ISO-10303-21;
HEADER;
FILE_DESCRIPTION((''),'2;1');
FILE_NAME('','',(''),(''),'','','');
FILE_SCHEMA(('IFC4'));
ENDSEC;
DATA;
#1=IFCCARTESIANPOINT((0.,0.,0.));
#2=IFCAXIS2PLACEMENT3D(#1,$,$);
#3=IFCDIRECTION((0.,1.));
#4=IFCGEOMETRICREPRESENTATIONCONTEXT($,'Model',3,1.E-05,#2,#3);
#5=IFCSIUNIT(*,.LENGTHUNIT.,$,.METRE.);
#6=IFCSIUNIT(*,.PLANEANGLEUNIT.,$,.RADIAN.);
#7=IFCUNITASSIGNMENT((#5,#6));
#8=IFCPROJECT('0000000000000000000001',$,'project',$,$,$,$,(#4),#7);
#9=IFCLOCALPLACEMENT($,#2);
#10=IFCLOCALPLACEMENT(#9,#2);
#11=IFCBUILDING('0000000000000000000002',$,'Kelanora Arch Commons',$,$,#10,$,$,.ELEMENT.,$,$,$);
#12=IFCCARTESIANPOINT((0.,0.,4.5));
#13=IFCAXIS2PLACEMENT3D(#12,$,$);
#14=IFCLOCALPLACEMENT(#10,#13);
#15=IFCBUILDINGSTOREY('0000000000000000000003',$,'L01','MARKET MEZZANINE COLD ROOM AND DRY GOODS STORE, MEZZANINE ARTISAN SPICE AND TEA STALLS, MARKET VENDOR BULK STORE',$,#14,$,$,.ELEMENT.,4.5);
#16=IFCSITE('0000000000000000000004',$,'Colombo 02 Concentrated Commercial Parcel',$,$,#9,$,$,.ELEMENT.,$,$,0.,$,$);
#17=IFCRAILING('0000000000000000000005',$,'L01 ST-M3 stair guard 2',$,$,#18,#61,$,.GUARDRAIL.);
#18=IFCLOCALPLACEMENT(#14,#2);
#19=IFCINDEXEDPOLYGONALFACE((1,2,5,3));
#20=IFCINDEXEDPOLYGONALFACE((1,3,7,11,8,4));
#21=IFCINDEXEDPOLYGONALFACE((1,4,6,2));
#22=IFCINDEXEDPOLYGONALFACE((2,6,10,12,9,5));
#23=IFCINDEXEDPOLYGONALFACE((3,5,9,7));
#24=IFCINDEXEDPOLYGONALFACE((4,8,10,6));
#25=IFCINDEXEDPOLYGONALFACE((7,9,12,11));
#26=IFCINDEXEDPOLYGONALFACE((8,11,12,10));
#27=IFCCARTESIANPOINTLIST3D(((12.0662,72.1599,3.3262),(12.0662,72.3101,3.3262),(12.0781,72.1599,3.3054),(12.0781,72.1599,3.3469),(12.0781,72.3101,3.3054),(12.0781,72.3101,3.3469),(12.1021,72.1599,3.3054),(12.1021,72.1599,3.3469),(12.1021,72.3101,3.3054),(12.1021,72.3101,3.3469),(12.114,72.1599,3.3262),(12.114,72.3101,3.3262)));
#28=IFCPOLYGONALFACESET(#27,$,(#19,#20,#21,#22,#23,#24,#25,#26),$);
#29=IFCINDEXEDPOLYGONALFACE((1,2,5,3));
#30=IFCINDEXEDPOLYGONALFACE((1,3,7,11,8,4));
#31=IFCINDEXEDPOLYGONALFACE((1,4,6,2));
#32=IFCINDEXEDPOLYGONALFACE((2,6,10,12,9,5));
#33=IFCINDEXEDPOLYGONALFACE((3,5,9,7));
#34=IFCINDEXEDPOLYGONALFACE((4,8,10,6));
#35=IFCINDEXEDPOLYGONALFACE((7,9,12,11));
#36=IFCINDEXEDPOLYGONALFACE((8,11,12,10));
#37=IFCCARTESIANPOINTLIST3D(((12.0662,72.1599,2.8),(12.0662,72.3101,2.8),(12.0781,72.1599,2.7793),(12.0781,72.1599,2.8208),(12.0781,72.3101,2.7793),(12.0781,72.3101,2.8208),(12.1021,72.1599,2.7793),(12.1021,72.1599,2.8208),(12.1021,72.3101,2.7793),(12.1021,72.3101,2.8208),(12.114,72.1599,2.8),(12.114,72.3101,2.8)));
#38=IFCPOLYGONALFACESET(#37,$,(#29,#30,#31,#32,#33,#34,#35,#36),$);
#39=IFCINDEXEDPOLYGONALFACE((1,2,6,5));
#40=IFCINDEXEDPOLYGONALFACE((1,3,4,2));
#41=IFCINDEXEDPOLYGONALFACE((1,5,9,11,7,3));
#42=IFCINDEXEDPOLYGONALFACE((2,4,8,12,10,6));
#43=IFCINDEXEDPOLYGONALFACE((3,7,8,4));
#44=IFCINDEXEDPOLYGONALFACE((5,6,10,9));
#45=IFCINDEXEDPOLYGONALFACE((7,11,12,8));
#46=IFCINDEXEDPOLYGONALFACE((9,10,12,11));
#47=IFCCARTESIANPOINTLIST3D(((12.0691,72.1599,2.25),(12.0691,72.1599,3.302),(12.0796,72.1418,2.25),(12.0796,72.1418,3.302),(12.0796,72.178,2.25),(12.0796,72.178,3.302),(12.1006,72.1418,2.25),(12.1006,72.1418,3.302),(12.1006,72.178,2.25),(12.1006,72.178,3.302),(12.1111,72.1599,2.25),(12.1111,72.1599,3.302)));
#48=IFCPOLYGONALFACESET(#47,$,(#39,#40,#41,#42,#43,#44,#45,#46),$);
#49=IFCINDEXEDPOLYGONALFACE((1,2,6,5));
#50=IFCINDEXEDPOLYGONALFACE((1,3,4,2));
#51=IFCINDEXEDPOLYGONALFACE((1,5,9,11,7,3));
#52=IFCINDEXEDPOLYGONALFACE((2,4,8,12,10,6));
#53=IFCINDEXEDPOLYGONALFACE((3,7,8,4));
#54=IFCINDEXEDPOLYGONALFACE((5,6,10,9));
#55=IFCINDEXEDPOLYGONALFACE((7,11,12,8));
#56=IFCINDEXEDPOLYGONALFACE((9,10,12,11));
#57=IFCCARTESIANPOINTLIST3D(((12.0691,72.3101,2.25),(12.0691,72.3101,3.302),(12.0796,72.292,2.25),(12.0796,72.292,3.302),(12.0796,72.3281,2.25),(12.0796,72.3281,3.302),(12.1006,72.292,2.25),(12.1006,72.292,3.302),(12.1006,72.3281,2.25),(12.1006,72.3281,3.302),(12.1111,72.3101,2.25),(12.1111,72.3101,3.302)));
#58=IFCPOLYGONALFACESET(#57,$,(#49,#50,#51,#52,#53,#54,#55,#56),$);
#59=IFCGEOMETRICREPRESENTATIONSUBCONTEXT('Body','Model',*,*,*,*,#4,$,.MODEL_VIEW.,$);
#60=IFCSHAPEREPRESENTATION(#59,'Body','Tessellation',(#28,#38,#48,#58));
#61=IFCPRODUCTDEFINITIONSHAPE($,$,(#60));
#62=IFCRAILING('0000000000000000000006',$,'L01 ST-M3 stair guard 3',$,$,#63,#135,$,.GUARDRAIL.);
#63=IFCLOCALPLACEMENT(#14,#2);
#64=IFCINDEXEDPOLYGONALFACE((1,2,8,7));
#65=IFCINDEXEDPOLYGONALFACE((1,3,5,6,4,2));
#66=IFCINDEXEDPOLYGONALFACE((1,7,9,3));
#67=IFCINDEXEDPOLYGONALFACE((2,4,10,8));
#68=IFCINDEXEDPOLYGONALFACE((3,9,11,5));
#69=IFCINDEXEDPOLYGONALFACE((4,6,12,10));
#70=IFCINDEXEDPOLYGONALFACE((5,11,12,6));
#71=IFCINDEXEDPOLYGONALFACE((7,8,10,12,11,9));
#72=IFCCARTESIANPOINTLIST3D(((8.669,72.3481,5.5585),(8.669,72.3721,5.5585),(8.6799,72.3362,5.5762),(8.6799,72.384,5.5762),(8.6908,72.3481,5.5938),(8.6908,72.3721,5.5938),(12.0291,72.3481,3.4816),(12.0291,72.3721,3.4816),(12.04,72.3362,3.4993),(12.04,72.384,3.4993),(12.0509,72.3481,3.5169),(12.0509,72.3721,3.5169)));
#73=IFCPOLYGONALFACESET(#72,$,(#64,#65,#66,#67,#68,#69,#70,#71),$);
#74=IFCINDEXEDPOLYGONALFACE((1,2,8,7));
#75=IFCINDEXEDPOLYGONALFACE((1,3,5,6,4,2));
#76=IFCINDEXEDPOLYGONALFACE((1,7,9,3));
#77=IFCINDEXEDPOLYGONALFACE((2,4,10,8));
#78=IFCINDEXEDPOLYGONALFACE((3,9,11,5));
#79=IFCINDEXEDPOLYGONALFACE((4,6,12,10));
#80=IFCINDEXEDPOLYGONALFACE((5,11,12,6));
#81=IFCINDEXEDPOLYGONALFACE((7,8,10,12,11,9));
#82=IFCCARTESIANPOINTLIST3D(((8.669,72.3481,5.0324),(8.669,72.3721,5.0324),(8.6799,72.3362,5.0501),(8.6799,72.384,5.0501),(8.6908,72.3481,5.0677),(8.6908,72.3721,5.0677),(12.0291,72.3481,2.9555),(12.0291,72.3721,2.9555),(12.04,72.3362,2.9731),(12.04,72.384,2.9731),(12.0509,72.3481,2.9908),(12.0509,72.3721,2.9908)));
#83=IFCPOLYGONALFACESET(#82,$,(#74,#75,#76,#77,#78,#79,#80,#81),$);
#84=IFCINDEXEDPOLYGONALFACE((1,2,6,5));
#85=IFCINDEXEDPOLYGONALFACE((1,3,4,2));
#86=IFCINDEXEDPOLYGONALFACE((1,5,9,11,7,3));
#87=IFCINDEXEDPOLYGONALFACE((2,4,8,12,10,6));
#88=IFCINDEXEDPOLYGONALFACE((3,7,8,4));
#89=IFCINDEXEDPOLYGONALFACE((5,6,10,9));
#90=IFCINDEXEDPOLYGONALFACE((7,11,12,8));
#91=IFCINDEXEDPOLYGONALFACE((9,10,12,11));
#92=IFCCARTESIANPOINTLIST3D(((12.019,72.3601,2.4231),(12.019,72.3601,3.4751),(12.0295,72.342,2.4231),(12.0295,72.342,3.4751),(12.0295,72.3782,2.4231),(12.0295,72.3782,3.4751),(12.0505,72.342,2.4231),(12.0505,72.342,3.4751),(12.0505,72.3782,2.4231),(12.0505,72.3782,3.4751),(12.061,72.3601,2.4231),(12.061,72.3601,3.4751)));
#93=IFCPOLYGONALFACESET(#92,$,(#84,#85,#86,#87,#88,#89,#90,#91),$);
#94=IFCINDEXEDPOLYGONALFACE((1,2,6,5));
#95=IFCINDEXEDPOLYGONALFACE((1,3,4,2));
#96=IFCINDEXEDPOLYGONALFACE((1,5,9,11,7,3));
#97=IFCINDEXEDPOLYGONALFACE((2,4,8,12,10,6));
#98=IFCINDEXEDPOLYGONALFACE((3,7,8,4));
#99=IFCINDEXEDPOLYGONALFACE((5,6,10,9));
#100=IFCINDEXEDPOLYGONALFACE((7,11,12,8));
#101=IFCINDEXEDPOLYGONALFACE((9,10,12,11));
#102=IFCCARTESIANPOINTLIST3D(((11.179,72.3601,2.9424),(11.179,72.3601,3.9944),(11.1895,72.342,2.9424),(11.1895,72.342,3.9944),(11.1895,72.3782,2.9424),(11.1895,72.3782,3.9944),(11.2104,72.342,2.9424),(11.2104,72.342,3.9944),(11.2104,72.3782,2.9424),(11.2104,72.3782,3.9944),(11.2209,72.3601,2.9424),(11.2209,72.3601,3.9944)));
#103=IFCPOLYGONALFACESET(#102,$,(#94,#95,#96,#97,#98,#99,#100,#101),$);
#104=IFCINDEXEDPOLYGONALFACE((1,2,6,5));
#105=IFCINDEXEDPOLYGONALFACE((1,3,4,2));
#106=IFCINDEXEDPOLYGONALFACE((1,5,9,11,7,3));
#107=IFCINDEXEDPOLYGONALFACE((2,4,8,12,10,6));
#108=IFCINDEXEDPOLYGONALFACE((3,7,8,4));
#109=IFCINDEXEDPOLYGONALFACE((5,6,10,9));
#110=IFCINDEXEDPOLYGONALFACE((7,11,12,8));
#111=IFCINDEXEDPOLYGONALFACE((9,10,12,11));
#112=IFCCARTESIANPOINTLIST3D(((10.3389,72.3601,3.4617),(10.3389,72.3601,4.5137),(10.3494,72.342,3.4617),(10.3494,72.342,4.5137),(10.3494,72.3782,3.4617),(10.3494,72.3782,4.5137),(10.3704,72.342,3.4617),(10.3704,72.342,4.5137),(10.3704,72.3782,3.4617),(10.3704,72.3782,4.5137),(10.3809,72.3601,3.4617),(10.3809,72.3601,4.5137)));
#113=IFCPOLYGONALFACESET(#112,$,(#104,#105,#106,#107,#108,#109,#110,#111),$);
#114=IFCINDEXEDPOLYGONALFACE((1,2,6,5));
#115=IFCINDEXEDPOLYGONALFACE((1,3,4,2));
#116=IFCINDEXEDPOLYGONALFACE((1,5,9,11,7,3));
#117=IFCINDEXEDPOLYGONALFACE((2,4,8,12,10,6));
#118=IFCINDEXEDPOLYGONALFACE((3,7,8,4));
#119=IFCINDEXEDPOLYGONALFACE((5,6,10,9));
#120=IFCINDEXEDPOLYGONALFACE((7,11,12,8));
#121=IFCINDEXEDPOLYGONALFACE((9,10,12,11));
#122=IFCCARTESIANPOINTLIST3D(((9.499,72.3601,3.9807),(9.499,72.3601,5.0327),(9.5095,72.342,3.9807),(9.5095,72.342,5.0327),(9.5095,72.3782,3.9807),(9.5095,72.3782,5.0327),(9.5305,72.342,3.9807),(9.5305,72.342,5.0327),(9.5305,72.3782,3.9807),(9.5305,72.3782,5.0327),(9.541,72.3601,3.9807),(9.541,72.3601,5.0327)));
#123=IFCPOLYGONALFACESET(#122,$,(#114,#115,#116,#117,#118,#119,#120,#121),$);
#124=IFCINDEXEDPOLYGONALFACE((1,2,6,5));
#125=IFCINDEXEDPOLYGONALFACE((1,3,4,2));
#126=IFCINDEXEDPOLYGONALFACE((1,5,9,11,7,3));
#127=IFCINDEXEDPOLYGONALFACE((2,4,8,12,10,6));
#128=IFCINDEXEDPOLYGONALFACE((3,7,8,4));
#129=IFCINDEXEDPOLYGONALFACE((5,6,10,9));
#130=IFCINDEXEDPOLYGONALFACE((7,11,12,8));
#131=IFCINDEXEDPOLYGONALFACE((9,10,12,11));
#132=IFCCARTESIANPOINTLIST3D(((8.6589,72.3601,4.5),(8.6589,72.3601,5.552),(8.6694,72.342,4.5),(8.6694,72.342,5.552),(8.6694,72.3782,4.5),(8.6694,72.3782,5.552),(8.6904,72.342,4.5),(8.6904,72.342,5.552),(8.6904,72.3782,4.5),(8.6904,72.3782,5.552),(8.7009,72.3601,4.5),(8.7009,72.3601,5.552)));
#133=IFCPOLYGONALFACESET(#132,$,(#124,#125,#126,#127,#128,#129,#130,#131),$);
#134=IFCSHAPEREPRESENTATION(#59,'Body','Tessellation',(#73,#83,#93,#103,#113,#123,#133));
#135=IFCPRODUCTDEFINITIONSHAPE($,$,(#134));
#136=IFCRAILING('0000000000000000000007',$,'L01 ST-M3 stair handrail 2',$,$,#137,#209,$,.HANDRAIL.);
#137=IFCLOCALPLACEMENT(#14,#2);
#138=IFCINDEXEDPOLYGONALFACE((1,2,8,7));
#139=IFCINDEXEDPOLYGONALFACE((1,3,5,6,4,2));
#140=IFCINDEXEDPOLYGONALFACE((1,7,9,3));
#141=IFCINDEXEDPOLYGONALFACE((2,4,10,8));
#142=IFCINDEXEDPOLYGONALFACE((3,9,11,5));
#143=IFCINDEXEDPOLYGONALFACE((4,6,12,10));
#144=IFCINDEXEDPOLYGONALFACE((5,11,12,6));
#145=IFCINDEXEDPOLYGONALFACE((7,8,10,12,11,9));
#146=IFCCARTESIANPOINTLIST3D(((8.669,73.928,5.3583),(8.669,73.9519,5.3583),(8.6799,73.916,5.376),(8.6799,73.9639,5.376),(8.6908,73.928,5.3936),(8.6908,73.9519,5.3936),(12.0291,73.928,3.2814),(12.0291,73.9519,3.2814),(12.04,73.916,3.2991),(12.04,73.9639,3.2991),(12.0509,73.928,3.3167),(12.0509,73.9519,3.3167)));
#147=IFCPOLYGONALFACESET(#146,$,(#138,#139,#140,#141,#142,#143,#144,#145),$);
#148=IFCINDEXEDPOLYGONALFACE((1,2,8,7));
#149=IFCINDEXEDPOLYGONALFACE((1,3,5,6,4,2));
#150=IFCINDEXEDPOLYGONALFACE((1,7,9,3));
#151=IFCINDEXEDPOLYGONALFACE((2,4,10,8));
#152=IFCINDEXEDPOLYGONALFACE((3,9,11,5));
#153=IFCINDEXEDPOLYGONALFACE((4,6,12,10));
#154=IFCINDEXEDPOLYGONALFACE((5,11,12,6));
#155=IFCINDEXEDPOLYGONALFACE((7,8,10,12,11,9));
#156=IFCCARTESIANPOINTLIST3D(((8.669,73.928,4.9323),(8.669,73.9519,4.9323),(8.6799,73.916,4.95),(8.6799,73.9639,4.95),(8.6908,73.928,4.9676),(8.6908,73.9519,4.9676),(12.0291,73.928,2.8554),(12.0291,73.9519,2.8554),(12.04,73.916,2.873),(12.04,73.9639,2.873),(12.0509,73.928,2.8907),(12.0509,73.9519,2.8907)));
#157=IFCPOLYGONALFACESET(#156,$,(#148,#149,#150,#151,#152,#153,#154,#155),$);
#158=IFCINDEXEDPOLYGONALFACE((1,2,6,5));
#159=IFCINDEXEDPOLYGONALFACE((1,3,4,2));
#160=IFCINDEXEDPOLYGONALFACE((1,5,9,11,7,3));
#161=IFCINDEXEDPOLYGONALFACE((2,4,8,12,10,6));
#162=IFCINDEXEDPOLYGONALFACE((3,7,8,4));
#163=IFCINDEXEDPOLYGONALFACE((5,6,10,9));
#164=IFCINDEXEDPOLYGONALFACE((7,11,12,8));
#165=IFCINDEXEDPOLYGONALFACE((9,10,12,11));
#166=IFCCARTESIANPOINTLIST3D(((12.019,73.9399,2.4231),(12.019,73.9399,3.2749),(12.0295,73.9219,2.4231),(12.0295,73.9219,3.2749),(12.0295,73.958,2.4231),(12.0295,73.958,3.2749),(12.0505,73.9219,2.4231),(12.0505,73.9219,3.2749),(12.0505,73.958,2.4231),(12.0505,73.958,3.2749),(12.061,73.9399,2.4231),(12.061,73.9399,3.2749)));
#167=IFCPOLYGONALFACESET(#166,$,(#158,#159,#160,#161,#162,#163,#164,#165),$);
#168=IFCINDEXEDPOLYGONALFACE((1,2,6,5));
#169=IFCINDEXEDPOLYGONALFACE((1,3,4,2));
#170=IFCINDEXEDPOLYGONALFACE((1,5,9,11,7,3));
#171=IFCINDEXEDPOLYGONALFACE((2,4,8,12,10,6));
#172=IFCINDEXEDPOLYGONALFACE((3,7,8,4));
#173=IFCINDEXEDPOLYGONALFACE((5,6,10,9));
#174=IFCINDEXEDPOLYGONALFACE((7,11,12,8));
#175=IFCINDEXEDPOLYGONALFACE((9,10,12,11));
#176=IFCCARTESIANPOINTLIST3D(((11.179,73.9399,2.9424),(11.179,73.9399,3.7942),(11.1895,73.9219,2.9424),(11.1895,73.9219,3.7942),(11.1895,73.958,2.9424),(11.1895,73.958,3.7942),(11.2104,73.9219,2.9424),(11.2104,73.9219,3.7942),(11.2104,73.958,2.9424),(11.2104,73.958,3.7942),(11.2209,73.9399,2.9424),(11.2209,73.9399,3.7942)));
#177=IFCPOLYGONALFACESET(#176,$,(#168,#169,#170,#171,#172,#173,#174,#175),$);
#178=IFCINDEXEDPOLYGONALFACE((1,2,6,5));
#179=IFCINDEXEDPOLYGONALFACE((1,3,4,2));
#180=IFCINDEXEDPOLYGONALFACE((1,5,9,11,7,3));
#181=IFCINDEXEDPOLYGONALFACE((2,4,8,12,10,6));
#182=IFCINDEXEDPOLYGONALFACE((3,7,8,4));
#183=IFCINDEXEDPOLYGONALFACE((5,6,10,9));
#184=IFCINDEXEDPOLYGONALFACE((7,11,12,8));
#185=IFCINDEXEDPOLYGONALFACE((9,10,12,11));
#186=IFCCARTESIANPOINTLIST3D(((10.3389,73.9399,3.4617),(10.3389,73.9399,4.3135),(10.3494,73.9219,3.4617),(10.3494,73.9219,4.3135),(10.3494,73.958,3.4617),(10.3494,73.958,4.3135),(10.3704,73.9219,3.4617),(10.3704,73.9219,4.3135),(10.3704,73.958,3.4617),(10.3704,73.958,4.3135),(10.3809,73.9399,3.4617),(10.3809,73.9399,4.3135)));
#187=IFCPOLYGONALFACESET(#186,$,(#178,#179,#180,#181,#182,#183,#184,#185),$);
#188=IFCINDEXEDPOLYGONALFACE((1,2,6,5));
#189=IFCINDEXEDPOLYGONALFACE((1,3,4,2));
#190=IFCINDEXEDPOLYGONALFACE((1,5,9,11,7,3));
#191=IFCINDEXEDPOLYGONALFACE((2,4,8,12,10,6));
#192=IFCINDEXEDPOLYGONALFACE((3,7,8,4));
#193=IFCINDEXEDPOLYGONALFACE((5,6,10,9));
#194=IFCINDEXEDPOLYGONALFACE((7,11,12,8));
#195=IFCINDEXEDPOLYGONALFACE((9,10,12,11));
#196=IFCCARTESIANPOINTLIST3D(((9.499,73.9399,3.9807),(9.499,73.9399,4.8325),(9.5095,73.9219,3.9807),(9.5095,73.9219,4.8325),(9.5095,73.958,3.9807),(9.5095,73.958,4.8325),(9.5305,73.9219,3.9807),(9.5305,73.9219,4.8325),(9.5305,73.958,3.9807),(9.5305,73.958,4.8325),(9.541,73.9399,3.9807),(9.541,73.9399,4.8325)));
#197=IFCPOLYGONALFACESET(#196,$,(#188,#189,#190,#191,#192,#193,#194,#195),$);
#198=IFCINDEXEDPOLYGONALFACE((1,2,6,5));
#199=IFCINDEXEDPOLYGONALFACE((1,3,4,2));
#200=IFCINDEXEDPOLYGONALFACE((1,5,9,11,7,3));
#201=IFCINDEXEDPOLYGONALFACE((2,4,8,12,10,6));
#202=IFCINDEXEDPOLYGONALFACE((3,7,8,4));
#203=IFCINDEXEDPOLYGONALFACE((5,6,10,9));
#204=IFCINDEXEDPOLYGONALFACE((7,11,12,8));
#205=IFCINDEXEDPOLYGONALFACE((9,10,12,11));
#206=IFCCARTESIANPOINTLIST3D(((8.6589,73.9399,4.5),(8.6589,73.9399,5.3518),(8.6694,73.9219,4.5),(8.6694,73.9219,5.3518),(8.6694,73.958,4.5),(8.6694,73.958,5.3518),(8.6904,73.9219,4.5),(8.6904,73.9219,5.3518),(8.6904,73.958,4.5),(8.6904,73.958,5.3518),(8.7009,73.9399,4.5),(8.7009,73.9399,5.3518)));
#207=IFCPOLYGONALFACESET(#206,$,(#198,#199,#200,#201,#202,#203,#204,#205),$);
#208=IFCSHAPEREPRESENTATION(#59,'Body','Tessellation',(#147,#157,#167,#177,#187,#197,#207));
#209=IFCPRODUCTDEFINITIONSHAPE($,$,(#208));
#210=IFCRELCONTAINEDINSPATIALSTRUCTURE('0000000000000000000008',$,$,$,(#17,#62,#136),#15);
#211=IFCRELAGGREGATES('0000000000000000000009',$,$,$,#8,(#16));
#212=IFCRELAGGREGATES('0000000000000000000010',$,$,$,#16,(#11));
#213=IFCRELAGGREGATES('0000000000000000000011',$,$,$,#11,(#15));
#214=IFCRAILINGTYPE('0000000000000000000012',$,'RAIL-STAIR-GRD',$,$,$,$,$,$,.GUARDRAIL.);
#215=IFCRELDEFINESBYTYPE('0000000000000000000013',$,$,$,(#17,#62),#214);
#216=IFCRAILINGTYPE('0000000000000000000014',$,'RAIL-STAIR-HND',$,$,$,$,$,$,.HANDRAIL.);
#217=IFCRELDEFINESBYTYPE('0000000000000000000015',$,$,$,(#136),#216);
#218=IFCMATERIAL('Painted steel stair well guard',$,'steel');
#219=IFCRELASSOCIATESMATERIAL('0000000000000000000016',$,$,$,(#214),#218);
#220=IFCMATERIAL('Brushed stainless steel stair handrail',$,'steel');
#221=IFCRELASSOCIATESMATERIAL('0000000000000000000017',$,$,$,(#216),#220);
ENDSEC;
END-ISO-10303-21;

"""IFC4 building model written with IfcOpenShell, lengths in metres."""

from ifc_helpers import new_model, si_unit, direction, frame, origin, place, context, subcontext, project, spatial, polyline, outline, extrude, material, type_object, element, save


model = new_model("IFC4")

# Units and contexts
model_context = context("Model", 3, precision=1e-05, world=origin(), true_north=direction((0.0, 1.0)))
body_context = subcontext(model_context, "Body", "Model", "MODEL_VIEW")
ifc_project = project(units=[si_unit("LENGTHUNIT", "METRE"), si_unit("PLANEANGLEUNIT", "RADIAN")], contexts=[model_context])

# Site, building, storey
site_placement = place(None, origin())
site = spatial("IfcSite", under=ifc_project, at=site_placement, Name="Colombo 02 Concentrated Commercial Parcel", CompositionType="ELEMENT", RefElevation=0.0)
building_placement = place(site_placement, origin())
building = spatial("IfcBuilding", under=site, at=building_placement, Name="Kelanora Arch Commons", CompositionType="ELEMENT")
storey_placement = place(building_placement, frame((0.0, 0.0, 4.5)))
storey = spatial("IfcBuildingStorey", under=building, at=storey_placement, Name="L01", Description="MARKET MEZZANINE COLD ROOM AND DRY GOODS STORE, MEZZANINE ARTISAN SPICE AND TEA STALLS, MARKET VENDOR BULK STORE", CompositionType="ELEMENT", Elevation=4.5)

# Railings
ifc_material_1 = material(Name="Painted steel stair well guard", Category="steel")
railing_type_1 = type_object("IfcRailingType", Name="RAIL-STAIR-GRD", PredefinedType="GUARDRAIL", material=ifc_material_1)
railing_1_placement = place(storey_placement, frame((12.0901, 72.1599, 2.25)))
element("IfcRailing", 1, at=railing_1_placement, inside=storey, type_object=railing_type_1, Name="L01 ST-M3 stair guard 2", PredefinedType="GUARDRAIL", context=body_context, shape_type="SweptSolid", body=[
    extrude(outline(polyline([(0.0239, 0.0), (0.012, 0.0208), (-0.012, 0.0208), (-0.0239, 0.0), (-0.012, -0.0208), (0.012, -0.0208), (0.0239, 0.0)])), frame((0.0, 0.0, 1.0762), z_axis=(0.0, 1.0, 0.0), x_axis=(-1.0, 0.0, 0.0)), (0.0, 0.0, 1.0), 0.1501),
    extrude(outline(polyline([(0.0239, 0.0), (0.012, 0.0208), (-0.012, 0.0208), (-0.0239, 0.0), (-0.012, -0.0208), (0.012, -0.0208), (0.0239, 0.0)])), frame((0.0, 0.0, 0.55), z_axis=(0.0, 1.0, 0.0), x_axis=(-1.0, 0.0, 0.0)), (0.0, 0.0, 1.0), 0.1501),
    extrude(outline(polyline([(0.021, 0.0), (0.0105, 0.0181), (-0.0105, 0.0181), (-0.021, 0.0), (-0.0105, -0.0181), (0.0105, -0.0181), (0.021, 0.0)])), origin(), (0.0, 0.0, 1.0), 1.052),
    extrude(outline(polyline([(0.021, 0.0), (0.0105, 0.0181), (-0.0105, 0.0181), (-0.021, 0.0), (-0.0105, -0.0181), (0.0105, -0.0181), (0.021, 0.0)])), frame((0.0, 0.1501, 0.0)), (0.0, 0.0, 1.0), 1.052),
])
railing_2_placement = place(storey_placement, frame((12.04, 72.3601, 2.4231)))
element("IfcRailing", 2, at=railing_2_placement, inside=storey, type_object=railing_type_1, Name="L01 ST-M3 stair guard 3", PredefinedType="GUARDRAIL", context=body_context, shape_type="SweptSolid", body=[
    extrude(outline(polyline([(0.0239, 0.0), (0.012, 0.0208), (-0.012, 0.0208), (-0.0239, 0.0), (-0.012, -0.0208), (0.012, -0.0208), (0.0239, 0.0)])), frame((0.0, 0.0, 1.0762), z_axis=(-0.850623, 0.0, 0.525776), x_axis=(0.0, -1.0, 0.0)), (0.0, 0.0, 1.0), 3.9502),
    extrude(outline(polyline([(0.0239, 0.0), (0.012, 0.0208), (-0.012, 0.0208), (-0.0239, 0.0), (-0.012, -0.0208), (0.012, -0.0208), (0.0239, 0.0)])), frame((0.0, 0.0, 0.55), z_axis=(-0.850623, 0.0, 0.525776), x_axis=(0.0, -1.0, 0.0)), (0.0, 0.0, 1.0), 3.9502),
    extrude(outline(polyline([(0.021, 0.0), (0.0105, 0.0181), (-0.0105, 0.0181), (-0.021, 0.0), (-0.0105, -0.0181), (0.0105, -0.0181), (0.021, 0.0)])), origin(), (0.0, 0.0, 1.0), 1.052),
    extrude(outline(polyline([(0.021, 0.0), (0.0105, 0.0181), (-0.0105, 0.0181), (-0.021, 0.0), (-0.0105, -0.0181), (0.0105, -0.0181), (0.021, 0.0)])), frame((-0.8401, 0.0, 0.5193)), (0.0, 0.0, 1.0), 1.052),
    extrude(outline(polyline([(0.021, 0.0), (0.0105, 0.0181), (-0.0105, 0.0181), (-0.021, 0.0), (-0.0105, -0.0181), (0.0105, -0.0181), (0.021, 0.0)])), frame((-1.6802, 0.0, 1.0386)), (0.0, 0.0, 1.0), 1.052),
    extrude(outline(polyline([(0.021, 0.0), (0.0105, 0.0181), (-0.0105, 0.0181), (-0.021, 0.0), (-0.0105, -0.0181), (0.0105, -0.0181), (0.021, 0.0)])), frame((-2.52, 0.0, 1.5576)), (0.0, 0.0, 1.0), 1.052),
    extrude(outline(polyline([(0.021, 0.0), (0.0105, 0.0181), (-0.0105, 0.0181), (-0.021, 0.0), (-0.0105, -0.0181), (0.0105, -0.0181), (0.021, 0.0)])), frame((-3.3601, 0.0, 2.0769)), (0.0, 0.0, 1.0), 1.052),
])
ifc_material_2 = material(Name="Brushed stainless steel stair handrail", Category="steel")
railing_type_2 = type_object("IfcRailingType", Name="RAIL-STAIR-HND", PredefinedType="HANDRAIL", material=ifc_material_2)
railing_3_placement = place(storey_placement, frame((12.04, 73.9399, 2.4231)))
element("IfcRailing", 3, at=railing_3_placement, inside=storey, type_object=railing_type_2, Name="L01 ST-M3 stair handrail 2", PredefinedType="HANDRAIL", context=body_context, shape_type="SweptSolid", body=[
    extrude(outline(polyline([(0.0239, 0.0), (0.012, 0.0208), (-0.012, 0.0208), (-0.0239, 0.0), (-0.012, -0.0208), (0.012, -0.0208), (0.0239, 0.0)])), frame((0.0, 0.0, 0.876), z_axis=(-0.850623, 0.0, 0.525776), x_axis=(0.0, -1.0, 0.0)), (0.0, 0.0, 1.0), 3.9502),
    extrude(outline(polyline([(0.0239, 0.0), (0.012, 0.0208), (-0.012, 0.0208), (-0.0239, 0.0), (-0.012, -0.0208), (0.012, -0.0208), (0.0239, 0.0)])), frame((0.0, 0.0, 0.45), z_axis=(-0.850623, 0.0, 0.525776), x_axis=(0.0, -1.0, 0.0)), (0.0, 0.0, 1.0), 3.9502),
    extrude(outline(polyline([(0.021, 0.0), (0.0105, 0.0181), (-0.0105, 0.0181), (-0.021, 0.0), (-0.0105, -0.0181), (0.0105, -0.0181), (0.021, 0.0)])), origin(), (0.0, 0.0, 1.0), 0.8518),
    extrude(outline(polyline([(0.021, 0.0), (0.0105, 0.0181), (-0.0105, 0.0181), (-0.021, 0.0), (-0.0105, -0.0181), (0.0105, -0.0181), (0.021, 0.0)])), frame((-0.8401, 0.0, 0.5193)), (0.0, 0.0, 1.0), 0.8518),
    extrude(outline(polyline([(0.021, 0.0), (0.0105, 0.0181), (-0.0105, 0.0181), (-0.021, 0.0), (-0.0105, -0.0181), (0.0105, -0.0181), (0.021, 0.0)])), frame((-1.6802, 0.0, 1.0386)), (0.0, 0.0, 1.0), 0.8518),
    extrude(outline(polyline([(0.021, 0.0), (0.0105, 0.0181), (-0.0105, 0.0181), (-0.021, 0.0), (-0.0105, -0.0181), (0.0105, -0.0181), (0.021, 0.0)])), frame((-2.52, 0.0, 1.5576)), (0.0, 0.0, 1.0), 0.8518),
    extrude(outline(polyline([(0.021, 0.0), (0.0105, 0.0181), (-0.0105, 0.0181), (-0.021, 0.0), (-0.0105, -0.0181), (0.0105, -0.0181), (0.021, 0.0)])), frame((-3.3601, 0.0, 2.0769)), (0.0, 0.0, 1.0), 0.8518),
])

save(model, "model.ifc")
